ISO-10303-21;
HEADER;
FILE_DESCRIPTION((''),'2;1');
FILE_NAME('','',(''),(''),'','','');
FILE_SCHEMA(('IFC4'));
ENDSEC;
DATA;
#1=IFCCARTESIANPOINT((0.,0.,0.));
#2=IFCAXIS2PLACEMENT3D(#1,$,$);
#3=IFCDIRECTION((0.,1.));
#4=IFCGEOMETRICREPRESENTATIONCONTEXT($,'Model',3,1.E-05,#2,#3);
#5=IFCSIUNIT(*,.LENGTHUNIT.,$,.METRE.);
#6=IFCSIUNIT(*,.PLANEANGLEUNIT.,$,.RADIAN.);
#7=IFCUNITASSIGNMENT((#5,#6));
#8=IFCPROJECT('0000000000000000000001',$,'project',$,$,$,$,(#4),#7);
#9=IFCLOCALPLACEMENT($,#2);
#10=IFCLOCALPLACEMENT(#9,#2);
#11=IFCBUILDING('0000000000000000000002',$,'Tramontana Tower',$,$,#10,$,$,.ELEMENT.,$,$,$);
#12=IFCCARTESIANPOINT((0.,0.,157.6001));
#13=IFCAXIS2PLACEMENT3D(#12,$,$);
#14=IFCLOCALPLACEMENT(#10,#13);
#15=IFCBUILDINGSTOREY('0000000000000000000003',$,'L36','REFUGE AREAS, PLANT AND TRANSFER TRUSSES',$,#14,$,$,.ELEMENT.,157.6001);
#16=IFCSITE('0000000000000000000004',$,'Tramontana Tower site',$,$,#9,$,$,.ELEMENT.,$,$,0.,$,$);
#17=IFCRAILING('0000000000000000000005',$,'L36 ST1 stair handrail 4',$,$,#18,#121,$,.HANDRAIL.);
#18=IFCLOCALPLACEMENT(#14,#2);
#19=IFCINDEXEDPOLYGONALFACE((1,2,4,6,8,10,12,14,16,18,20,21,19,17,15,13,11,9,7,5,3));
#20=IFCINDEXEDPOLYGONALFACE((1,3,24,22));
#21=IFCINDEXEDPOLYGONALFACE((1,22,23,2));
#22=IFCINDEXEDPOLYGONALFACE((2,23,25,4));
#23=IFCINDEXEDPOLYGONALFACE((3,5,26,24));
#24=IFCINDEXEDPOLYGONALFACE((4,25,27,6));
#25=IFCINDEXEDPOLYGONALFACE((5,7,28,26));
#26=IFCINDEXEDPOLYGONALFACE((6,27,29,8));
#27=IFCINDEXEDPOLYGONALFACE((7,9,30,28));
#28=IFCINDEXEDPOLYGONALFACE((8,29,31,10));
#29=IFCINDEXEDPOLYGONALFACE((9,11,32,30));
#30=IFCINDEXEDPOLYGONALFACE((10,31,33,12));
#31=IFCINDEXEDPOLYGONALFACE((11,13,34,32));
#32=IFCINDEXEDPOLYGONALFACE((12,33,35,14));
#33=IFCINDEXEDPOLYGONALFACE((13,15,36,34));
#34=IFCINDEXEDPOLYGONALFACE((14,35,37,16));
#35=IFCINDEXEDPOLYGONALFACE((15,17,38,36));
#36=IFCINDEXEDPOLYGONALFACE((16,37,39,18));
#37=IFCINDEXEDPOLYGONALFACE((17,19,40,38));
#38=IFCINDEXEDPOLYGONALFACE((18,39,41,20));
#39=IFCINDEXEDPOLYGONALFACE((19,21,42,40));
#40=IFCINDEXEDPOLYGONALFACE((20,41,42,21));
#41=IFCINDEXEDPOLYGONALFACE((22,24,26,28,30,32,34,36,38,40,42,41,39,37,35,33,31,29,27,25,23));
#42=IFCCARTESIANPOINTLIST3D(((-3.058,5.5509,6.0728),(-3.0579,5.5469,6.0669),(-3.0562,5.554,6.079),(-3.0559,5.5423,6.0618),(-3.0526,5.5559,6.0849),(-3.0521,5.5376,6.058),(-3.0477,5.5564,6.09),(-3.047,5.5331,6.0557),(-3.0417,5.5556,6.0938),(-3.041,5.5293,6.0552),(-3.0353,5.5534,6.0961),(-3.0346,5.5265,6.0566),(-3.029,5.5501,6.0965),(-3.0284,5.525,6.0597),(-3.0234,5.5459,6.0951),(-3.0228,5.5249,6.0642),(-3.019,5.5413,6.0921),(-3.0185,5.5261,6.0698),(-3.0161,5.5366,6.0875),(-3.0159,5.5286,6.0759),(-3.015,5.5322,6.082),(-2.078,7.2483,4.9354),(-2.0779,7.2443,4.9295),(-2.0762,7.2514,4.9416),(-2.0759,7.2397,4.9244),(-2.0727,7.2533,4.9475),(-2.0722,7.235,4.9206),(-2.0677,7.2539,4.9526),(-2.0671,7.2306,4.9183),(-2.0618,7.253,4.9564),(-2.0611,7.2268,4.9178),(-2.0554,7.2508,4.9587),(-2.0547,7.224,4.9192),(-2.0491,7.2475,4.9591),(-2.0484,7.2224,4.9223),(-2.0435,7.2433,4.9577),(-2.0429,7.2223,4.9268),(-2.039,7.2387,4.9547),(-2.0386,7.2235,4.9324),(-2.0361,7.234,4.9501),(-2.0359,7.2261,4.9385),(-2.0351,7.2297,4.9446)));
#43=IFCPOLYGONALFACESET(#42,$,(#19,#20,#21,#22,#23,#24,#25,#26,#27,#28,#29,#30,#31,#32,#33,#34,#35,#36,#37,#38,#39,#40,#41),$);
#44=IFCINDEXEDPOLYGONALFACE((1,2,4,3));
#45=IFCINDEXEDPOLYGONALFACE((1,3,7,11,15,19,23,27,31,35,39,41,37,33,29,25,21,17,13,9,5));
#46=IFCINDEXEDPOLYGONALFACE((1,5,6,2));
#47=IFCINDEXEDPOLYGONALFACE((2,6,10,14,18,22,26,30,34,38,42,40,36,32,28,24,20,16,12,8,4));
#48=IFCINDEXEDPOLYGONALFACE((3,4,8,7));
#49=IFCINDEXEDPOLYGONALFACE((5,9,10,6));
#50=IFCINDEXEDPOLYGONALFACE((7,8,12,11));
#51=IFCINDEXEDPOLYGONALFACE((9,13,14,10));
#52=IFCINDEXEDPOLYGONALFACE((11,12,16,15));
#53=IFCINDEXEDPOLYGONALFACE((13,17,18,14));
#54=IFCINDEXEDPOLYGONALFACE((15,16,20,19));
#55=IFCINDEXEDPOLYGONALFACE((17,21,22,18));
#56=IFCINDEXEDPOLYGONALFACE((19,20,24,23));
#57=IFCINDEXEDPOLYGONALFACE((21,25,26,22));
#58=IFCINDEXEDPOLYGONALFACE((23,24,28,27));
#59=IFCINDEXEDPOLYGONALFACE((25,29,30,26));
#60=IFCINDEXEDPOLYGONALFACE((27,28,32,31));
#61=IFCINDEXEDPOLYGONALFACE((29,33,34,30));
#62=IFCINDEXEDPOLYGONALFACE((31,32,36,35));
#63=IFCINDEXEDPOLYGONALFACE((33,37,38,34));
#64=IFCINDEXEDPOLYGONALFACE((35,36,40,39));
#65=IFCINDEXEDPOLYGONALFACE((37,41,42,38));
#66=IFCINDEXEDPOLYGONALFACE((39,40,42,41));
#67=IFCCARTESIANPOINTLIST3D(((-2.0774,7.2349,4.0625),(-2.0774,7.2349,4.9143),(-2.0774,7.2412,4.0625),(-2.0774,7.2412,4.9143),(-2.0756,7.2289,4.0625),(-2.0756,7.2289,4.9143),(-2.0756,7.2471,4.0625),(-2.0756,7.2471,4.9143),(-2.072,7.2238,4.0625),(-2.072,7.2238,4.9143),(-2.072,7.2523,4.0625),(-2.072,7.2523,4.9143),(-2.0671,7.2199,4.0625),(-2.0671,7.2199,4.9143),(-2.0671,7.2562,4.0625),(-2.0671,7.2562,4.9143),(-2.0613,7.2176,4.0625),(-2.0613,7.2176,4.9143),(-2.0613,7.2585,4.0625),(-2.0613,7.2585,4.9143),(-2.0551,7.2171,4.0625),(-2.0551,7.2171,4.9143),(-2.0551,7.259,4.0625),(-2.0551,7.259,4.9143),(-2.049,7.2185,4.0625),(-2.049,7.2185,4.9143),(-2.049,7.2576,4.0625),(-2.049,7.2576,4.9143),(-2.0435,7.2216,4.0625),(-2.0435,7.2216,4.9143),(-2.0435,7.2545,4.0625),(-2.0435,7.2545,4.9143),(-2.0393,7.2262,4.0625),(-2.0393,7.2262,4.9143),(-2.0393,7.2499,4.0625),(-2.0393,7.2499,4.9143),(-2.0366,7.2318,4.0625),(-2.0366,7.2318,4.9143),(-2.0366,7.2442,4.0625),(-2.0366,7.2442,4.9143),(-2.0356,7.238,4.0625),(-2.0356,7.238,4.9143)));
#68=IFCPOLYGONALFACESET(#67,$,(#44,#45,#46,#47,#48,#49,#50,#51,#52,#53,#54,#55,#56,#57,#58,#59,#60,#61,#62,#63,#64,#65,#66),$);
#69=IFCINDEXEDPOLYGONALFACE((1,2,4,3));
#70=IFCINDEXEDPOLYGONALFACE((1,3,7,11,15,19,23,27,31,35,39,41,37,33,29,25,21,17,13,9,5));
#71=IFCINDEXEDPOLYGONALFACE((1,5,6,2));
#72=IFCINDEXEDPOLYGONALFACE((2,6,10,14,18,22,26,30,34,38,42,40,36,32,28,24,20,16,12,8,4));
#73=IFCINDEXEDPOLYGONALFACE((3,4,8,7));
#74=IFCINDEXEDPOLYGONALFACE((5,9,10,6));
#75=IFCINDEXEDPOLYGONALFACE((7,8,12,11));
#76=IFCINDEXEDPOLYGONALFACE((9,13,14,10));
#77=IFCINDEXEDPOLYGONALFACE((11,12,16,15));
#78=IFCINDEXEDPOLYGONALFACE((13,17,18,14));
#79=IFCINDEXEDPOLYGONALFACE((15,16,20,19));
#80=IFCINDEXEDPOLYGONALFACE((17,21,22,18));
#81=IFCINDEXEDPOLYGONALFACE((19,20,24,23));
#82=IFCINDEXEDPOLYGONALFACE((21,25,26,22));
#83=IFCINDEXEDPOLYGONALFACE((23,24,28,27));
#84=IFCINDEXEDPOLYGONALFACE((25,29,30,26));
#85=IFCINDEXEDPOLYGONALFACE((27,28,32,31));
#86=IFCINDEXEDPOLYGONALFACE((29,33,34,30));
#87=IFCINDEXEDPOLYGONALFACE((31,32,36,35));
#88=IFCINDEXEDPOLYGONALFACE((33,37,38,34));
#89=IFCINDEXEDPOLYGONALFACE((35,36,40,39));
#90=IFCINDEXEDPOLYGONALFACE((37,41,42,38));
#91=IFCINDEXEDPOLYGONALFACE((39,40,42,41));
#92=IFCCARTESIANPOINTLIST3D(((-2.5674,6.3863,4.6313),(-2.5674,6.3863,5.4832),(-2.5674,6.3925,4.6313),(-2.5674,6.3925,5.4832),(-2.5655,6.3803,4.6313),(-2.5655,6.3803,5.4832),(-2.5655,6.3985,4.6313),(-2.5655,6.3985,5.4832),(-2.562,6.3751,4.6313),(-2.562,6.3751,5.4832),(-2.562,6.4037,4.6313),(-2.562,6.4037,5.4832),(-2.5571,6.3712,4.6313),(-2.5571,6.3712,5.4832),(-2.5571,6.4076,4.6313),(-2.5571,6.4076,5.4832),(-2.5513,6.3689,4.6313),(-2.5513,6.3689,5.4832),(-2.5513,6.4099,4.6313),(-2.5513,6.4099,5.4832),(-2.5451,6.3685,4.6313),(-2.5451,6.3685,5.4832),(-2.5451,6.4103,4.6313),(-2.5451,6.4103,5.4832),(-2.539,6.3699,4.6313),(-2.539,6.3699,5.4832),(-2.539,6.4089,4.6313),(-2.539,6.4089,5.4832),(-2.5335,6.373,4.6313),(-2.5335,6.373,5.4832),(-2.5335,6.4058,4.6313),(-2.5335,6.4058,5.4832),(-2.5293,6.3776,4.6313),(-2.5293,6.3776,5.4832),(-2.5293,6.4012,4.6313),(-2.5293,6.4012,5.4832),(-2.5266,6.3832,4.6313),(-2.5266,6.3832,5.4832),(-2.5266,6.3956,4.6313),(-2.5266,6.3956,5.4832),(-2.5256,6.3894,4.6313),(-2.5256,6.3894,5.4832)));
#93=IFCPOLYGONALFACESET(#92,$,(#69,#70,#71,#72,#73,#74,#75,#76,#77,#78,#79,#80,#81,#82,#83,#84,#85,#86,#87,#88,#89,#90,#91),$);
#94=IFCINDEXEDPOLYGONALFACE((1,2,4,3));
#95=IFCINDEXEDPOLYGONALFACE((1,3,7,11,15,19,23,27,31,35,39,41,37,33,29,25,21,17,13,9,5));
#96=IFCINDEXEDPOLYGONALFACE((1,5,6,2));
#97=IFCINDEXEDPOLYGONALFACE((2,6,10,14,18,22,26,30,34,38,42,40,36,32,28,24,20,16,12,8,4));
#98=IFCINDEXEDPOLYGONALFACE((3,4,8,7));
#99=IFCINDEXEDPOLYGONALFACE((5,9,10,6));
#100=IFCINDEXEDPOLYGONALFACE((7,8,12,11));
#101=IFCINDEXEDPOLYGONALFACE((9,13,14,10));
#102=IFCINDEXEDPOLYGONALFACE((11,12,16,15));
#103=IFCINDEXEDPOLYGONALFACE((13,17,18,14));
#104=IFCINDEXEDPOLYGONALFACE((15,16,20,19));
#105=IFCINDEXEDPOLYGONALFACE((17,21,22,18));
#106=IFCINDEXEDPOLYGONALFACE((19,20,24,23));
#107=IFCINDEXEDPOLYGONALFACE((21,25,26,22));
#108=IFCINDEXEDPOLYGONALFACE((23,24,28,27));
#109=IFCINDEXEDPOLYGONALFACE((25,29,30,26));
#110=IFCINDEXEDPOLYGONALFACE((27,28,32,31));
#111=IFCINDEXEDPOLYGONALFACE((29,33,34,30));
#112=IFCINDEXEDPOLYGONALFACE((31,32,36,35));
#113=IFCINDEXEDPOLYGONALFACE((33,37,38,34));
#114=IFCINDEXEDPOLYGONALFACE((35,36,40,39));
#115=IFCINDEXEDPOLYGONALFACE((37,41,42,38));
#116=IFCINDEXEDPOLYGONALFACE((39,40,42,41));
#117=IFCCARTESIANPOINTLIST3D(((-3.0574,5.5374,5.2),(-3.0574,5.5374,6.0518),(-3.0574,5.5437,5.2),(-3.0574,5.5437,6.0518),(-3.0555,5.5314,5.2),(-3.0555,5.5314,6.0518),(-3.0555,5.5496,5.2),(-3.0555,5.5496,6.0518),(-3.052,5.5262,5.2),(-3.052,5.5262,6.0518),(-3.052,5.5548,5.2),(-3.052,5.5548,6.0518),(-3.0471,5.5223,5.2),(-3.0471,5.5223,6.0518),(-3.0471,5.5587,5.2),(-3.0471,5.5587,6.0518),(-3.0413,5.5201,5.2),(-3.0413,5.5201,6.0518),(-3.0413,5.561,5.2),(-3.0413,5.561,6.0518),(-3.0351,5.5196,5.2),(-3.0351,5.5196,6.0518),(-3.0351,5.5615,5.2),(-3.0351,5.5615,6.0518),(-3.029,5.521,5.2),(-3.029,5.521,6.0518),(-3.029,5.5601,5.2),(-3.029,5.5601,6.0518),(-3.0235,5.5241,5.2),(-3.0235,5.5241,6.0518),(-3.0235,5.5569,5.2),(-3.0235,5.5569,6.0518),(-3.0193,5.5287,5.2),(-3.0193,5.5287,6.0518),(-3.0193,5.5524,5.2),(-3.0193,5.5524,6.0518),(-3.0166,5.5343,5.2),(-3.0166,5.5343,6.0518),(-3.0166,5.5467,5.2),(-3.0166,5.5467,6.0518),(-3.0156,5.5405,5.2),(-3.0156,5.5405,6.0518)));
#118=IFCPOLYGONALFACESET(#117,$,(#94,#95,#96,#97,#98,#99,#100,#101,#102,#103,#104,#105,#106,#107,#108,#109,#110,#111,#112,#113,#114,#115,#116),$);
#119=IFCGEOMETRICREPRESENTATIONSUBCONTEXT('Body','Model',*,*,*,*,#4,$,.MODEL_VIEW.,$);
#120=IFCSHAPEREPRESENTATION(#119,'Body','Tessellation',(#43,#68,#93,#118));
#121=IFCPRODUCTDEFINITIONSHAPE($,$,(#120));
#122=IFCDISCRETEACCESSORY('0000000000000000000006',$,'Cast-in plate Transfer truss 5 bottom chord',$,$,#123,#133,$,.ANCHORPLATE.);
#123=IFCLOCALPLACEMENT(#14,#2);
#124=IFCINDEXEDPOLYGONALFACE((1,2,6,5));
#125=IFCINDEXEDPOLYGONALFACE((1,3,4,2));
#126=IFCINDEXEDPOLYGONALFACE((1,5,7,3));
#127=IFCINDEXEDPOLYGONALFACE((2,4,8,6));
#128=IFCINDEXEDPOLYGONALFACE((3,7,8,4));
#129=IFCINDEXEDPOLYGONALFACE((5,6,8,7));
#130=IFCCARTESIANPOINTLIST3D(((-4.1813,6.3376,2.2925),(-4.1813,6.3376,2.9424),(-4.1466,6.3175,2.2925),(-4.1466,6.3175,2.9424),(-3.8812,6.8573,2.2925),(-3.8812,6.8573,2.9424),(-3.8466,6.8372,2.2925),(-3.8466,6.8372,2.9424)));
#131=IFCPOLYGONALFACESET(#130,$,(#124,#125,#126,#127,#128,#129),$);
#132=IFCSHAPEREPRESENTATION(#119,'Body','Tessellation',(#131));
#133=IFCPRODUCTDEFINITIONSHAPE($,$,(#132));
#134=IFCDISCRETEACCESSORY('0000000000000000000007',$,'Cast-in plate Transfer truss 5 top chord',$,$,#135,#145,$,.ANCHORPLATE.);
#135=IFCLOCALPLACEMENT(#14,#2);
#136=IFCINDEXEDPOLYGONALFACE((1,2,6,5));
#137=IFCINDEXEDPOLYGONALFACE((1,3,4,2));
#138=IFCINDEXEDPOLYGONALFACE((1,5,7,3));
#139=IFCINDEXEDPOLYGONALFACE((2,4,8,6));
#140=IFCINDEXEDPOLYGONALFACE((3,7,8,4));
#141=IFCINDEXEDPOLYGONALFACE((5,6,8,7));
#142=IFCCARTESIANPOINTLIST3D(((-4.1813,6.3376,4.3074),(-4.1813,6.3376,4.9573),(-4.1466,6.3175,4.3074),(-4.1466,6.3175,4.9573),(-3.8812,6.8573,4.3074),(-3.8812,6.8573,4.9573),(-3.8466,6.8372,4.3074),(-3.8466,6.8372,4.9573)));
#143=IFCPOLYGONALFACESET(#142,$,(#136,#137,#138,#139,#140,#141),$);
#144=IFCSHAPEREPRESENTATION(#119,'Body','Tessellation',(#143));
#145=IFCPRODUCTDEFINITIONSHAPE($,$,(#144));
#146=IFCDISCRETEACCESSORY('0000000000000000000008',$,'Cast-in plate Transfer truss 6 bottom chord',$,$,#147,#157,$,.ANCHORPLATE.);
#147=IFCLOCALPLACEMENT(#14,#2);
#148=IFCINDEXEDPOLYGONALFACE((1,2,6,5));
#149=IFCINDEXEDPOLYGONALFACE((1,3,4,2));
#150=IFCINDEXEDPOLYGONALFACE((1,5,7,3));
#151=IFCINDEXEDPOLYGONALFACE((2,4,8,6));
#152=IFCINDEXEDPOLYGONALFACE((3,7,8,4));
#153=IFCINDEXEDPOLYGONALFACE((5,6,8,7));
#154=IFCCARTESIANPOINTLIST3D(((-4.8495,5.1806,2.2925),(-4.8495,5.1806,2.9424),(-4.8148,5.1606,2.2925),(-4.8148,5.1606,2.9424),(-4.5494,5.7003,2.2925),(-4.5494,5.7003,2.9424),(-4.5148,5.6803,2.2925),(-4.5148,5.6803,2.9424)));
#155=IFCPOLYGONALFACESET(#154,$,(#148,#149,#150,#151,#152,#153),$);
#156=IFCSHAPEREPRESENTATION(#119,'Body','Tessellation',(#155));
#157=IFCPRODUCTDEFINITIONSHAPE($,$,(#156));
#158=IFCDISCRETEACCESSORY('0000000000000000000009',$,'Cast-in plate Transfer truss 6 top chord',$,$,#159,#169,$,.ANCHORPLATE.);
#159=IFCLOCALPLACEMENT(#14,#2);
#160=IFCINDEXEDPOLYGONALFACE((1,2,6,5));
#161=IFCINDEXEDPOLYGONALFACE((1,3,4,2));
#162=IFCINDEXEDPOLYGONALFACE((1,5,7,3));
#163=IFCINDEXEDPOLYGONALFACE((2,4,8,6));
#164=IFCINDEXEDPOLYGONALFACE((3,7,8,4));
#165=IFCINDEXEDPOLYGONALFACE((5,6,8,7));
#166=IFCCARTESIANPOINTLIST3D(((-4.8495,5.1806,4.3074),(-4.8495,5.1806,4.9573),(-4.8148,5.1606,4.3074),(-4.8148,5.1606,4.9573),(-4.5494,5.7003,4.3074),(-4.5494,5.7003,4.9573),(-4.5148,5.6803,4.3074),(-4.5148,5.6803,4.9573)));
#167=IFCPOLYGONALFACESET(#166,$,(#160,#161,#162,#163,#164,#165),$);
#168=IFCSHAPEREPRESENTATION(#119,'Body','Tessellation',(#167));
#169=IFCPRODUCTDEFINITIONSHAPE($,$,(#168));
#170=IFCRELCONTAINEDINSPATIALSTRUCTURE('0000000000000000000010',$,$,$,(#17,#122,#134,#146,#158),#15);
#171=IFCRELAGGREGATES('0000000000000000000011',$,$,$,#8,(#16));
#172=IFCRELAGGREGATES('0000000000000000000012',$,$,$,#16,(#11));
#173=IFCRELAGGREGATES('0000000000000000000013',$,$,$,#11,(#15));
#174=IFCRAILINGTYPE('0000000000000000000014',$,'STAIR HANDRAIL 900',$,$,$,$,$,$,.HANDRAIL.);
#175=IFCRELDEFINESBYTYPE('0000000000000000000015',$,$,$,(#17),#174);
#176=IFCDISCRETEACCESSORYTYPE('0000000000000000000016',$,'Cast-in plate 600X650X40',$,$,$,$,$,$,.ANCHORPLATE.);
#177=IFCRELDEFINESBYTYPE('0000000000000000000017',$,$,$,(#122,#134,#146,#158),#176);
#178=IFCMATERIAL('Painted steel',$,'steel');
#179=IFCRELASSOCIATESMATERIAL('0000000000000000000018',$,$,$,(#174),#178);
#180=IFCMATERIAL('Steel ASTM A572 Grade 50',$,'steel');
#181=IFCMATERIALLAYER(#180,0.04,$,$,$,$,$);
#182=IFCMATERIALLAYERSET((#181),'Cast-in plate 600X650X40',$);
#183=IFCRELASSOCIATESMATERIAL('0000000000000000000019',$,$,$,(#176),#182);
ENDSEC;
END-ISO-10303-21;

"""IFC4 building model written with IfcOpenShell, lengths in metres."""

from ifc_helpers import new_model, si_unit, direction, frame, origin, origin_2d, place, context, subcontext, project, spatial, rectangle, circle, extrude, material, layer, layer_set, type_object, element, save


model = new_model("IFC4")

# Units and contexts
model_context = context("Model", 3, precision=1e-05, world=origin(), true_north=direction((0.0, 1.0)))
body_context = subcontext(model_context, "Body", "Model", "MODEL_VIEW")
ifc_project = project(units=[si_unit("LENGTHUNIT", "METRE"), si_unit("PLANEANGLEUNIT", "RADIAN")], contexts=[model_context])

# Site, building, storey
site_placement = place(None, origin())
site = spatial("IfcSite", under=ifc_project, at=site_placement, Name="Tramontana Tower site", CompositionType="ELEMENT", RefElevation=0.0)
building_placement = place(site_placement, origin())
building = spatial("IfcBuilding", under=site, at=building_placement, Name="Tramontana Tower", CompositionType="ELEMENT")
storey_placement = place(building_placement, frame((0.0, 0.0, 157.6001)))
storey = spatial("IfcBuildingStorey", under=building, at=storey_placement, Name="L36", Description="REFUGE AREAS, PLANT AND TRANSFER TRUSSES", CompositionType="ELEMENT", Elevation=157.6001)

# Railing
ifc_material_1 = material(Name="Painted steel", Category="steel")
railing_type_1 = type_object("IfcRailingType", Name="STAIR HANDRAIL 900", PredefinedType="HANDRAIL", material=ifc_material_1)
for number, where, name in (
    (1, (-2.0566, 7.238, 4.0625), "L36 ST1 stair handrail 4"),
):
    element("IfcRailing", number, at=place(storey_placement, frame(where)), inside=storey, type_object=railing_type_1, Name=name, PredefinedType="HANDRAIL", context=body_context, shape_type="SweptSolid", body=[
        extrude(circle(Radius=0.0239, at=origin_2d()), frame((0.0, 0.0, 0.876), z_axis=(-0.432432, -0.749053, 0.501918), x_axis=(0.866042, -0.49997, 0.0)), (0.0, 0.0, 1.0), 2.2661),
        extrude(circle(Radius=0.021, at=origin_2d()), origin(), (0.0, 0.0, 1.0), 0.8518),
        extrude(circle(Radius=0.021, at=origin_2d()), frame((-0.49, -0.8486, 0.5688)), (0.0, 0.0, 1.0), 0.8518),
        extrude(circle(Radius=0.021, at=origin_2d()), frame((-0.98, -1.6975, 1.1375)), (0.0, 0.0, 1.0), 0.8518),
    ])

# Discrete accessories
ifc_material_2 = material(Name="Steel ASTM A572 Grade 50", Category="steel")
ifc_layer_1 = layer(ifc_material_2, 0.04)
ifc_layer_set_1 = layer_set([ifc_layer_1], Name="Cast-in plate 600X650X40")
discrete_accessory_type = type_object("IfcDiscreteAccessoryType", Name="Cast-in plate 600X650X40", PredefinedType="ANCHORPLATE", material=ifc_layer_set_1)
for number, where, z_axis, x_axis, name in (
    (2, (-4.0139, 6.5874, 2.2925), (0.0, 0.0, 1.0), (-0.5, -0.866025, 0.0), "Cast-in plate Transfer truss 5 bottom chord"),
    (3, (-4.0139, 6.5874, 4.3074), (0.0, 0.0, 1.0), (-0.5, -0.866025, 0.0), "Cast-in plate Transfer truss 5 top chord"),
    (4, (-4.6821, 5.4304, 2.2925), (0.0, 0.0, 1.0), (-0.5, -0.866025, 0.0), "Cast-in plate Transfer truss 6 bottom chord"),
    (5, (-4.6821, 5.4304, 4.3074), (0.0, 0.0, 1.0), (-0.5, -0.866025, 0.0), "Cast-in plate Transfer truss 6 top chord"),
):
    element("IfcDiscreteAccessory", number, at=place(storey_placement, frame(where, z_axis=z_axis, x_axis=x_axis)), inside=storey, type_object=discrete_accessory_type, Name=name, PredefinedType="ANCHORPLATE", context=body_context, shape_type="SweptSolid", body=[
        extrude(rectangle(XDim=0.6001, YDim=0.04, at=origin_2d()), origin(), (0.0, 0.0, 1.0), 0.6499),
    ])

save(model, "model.ifc")
